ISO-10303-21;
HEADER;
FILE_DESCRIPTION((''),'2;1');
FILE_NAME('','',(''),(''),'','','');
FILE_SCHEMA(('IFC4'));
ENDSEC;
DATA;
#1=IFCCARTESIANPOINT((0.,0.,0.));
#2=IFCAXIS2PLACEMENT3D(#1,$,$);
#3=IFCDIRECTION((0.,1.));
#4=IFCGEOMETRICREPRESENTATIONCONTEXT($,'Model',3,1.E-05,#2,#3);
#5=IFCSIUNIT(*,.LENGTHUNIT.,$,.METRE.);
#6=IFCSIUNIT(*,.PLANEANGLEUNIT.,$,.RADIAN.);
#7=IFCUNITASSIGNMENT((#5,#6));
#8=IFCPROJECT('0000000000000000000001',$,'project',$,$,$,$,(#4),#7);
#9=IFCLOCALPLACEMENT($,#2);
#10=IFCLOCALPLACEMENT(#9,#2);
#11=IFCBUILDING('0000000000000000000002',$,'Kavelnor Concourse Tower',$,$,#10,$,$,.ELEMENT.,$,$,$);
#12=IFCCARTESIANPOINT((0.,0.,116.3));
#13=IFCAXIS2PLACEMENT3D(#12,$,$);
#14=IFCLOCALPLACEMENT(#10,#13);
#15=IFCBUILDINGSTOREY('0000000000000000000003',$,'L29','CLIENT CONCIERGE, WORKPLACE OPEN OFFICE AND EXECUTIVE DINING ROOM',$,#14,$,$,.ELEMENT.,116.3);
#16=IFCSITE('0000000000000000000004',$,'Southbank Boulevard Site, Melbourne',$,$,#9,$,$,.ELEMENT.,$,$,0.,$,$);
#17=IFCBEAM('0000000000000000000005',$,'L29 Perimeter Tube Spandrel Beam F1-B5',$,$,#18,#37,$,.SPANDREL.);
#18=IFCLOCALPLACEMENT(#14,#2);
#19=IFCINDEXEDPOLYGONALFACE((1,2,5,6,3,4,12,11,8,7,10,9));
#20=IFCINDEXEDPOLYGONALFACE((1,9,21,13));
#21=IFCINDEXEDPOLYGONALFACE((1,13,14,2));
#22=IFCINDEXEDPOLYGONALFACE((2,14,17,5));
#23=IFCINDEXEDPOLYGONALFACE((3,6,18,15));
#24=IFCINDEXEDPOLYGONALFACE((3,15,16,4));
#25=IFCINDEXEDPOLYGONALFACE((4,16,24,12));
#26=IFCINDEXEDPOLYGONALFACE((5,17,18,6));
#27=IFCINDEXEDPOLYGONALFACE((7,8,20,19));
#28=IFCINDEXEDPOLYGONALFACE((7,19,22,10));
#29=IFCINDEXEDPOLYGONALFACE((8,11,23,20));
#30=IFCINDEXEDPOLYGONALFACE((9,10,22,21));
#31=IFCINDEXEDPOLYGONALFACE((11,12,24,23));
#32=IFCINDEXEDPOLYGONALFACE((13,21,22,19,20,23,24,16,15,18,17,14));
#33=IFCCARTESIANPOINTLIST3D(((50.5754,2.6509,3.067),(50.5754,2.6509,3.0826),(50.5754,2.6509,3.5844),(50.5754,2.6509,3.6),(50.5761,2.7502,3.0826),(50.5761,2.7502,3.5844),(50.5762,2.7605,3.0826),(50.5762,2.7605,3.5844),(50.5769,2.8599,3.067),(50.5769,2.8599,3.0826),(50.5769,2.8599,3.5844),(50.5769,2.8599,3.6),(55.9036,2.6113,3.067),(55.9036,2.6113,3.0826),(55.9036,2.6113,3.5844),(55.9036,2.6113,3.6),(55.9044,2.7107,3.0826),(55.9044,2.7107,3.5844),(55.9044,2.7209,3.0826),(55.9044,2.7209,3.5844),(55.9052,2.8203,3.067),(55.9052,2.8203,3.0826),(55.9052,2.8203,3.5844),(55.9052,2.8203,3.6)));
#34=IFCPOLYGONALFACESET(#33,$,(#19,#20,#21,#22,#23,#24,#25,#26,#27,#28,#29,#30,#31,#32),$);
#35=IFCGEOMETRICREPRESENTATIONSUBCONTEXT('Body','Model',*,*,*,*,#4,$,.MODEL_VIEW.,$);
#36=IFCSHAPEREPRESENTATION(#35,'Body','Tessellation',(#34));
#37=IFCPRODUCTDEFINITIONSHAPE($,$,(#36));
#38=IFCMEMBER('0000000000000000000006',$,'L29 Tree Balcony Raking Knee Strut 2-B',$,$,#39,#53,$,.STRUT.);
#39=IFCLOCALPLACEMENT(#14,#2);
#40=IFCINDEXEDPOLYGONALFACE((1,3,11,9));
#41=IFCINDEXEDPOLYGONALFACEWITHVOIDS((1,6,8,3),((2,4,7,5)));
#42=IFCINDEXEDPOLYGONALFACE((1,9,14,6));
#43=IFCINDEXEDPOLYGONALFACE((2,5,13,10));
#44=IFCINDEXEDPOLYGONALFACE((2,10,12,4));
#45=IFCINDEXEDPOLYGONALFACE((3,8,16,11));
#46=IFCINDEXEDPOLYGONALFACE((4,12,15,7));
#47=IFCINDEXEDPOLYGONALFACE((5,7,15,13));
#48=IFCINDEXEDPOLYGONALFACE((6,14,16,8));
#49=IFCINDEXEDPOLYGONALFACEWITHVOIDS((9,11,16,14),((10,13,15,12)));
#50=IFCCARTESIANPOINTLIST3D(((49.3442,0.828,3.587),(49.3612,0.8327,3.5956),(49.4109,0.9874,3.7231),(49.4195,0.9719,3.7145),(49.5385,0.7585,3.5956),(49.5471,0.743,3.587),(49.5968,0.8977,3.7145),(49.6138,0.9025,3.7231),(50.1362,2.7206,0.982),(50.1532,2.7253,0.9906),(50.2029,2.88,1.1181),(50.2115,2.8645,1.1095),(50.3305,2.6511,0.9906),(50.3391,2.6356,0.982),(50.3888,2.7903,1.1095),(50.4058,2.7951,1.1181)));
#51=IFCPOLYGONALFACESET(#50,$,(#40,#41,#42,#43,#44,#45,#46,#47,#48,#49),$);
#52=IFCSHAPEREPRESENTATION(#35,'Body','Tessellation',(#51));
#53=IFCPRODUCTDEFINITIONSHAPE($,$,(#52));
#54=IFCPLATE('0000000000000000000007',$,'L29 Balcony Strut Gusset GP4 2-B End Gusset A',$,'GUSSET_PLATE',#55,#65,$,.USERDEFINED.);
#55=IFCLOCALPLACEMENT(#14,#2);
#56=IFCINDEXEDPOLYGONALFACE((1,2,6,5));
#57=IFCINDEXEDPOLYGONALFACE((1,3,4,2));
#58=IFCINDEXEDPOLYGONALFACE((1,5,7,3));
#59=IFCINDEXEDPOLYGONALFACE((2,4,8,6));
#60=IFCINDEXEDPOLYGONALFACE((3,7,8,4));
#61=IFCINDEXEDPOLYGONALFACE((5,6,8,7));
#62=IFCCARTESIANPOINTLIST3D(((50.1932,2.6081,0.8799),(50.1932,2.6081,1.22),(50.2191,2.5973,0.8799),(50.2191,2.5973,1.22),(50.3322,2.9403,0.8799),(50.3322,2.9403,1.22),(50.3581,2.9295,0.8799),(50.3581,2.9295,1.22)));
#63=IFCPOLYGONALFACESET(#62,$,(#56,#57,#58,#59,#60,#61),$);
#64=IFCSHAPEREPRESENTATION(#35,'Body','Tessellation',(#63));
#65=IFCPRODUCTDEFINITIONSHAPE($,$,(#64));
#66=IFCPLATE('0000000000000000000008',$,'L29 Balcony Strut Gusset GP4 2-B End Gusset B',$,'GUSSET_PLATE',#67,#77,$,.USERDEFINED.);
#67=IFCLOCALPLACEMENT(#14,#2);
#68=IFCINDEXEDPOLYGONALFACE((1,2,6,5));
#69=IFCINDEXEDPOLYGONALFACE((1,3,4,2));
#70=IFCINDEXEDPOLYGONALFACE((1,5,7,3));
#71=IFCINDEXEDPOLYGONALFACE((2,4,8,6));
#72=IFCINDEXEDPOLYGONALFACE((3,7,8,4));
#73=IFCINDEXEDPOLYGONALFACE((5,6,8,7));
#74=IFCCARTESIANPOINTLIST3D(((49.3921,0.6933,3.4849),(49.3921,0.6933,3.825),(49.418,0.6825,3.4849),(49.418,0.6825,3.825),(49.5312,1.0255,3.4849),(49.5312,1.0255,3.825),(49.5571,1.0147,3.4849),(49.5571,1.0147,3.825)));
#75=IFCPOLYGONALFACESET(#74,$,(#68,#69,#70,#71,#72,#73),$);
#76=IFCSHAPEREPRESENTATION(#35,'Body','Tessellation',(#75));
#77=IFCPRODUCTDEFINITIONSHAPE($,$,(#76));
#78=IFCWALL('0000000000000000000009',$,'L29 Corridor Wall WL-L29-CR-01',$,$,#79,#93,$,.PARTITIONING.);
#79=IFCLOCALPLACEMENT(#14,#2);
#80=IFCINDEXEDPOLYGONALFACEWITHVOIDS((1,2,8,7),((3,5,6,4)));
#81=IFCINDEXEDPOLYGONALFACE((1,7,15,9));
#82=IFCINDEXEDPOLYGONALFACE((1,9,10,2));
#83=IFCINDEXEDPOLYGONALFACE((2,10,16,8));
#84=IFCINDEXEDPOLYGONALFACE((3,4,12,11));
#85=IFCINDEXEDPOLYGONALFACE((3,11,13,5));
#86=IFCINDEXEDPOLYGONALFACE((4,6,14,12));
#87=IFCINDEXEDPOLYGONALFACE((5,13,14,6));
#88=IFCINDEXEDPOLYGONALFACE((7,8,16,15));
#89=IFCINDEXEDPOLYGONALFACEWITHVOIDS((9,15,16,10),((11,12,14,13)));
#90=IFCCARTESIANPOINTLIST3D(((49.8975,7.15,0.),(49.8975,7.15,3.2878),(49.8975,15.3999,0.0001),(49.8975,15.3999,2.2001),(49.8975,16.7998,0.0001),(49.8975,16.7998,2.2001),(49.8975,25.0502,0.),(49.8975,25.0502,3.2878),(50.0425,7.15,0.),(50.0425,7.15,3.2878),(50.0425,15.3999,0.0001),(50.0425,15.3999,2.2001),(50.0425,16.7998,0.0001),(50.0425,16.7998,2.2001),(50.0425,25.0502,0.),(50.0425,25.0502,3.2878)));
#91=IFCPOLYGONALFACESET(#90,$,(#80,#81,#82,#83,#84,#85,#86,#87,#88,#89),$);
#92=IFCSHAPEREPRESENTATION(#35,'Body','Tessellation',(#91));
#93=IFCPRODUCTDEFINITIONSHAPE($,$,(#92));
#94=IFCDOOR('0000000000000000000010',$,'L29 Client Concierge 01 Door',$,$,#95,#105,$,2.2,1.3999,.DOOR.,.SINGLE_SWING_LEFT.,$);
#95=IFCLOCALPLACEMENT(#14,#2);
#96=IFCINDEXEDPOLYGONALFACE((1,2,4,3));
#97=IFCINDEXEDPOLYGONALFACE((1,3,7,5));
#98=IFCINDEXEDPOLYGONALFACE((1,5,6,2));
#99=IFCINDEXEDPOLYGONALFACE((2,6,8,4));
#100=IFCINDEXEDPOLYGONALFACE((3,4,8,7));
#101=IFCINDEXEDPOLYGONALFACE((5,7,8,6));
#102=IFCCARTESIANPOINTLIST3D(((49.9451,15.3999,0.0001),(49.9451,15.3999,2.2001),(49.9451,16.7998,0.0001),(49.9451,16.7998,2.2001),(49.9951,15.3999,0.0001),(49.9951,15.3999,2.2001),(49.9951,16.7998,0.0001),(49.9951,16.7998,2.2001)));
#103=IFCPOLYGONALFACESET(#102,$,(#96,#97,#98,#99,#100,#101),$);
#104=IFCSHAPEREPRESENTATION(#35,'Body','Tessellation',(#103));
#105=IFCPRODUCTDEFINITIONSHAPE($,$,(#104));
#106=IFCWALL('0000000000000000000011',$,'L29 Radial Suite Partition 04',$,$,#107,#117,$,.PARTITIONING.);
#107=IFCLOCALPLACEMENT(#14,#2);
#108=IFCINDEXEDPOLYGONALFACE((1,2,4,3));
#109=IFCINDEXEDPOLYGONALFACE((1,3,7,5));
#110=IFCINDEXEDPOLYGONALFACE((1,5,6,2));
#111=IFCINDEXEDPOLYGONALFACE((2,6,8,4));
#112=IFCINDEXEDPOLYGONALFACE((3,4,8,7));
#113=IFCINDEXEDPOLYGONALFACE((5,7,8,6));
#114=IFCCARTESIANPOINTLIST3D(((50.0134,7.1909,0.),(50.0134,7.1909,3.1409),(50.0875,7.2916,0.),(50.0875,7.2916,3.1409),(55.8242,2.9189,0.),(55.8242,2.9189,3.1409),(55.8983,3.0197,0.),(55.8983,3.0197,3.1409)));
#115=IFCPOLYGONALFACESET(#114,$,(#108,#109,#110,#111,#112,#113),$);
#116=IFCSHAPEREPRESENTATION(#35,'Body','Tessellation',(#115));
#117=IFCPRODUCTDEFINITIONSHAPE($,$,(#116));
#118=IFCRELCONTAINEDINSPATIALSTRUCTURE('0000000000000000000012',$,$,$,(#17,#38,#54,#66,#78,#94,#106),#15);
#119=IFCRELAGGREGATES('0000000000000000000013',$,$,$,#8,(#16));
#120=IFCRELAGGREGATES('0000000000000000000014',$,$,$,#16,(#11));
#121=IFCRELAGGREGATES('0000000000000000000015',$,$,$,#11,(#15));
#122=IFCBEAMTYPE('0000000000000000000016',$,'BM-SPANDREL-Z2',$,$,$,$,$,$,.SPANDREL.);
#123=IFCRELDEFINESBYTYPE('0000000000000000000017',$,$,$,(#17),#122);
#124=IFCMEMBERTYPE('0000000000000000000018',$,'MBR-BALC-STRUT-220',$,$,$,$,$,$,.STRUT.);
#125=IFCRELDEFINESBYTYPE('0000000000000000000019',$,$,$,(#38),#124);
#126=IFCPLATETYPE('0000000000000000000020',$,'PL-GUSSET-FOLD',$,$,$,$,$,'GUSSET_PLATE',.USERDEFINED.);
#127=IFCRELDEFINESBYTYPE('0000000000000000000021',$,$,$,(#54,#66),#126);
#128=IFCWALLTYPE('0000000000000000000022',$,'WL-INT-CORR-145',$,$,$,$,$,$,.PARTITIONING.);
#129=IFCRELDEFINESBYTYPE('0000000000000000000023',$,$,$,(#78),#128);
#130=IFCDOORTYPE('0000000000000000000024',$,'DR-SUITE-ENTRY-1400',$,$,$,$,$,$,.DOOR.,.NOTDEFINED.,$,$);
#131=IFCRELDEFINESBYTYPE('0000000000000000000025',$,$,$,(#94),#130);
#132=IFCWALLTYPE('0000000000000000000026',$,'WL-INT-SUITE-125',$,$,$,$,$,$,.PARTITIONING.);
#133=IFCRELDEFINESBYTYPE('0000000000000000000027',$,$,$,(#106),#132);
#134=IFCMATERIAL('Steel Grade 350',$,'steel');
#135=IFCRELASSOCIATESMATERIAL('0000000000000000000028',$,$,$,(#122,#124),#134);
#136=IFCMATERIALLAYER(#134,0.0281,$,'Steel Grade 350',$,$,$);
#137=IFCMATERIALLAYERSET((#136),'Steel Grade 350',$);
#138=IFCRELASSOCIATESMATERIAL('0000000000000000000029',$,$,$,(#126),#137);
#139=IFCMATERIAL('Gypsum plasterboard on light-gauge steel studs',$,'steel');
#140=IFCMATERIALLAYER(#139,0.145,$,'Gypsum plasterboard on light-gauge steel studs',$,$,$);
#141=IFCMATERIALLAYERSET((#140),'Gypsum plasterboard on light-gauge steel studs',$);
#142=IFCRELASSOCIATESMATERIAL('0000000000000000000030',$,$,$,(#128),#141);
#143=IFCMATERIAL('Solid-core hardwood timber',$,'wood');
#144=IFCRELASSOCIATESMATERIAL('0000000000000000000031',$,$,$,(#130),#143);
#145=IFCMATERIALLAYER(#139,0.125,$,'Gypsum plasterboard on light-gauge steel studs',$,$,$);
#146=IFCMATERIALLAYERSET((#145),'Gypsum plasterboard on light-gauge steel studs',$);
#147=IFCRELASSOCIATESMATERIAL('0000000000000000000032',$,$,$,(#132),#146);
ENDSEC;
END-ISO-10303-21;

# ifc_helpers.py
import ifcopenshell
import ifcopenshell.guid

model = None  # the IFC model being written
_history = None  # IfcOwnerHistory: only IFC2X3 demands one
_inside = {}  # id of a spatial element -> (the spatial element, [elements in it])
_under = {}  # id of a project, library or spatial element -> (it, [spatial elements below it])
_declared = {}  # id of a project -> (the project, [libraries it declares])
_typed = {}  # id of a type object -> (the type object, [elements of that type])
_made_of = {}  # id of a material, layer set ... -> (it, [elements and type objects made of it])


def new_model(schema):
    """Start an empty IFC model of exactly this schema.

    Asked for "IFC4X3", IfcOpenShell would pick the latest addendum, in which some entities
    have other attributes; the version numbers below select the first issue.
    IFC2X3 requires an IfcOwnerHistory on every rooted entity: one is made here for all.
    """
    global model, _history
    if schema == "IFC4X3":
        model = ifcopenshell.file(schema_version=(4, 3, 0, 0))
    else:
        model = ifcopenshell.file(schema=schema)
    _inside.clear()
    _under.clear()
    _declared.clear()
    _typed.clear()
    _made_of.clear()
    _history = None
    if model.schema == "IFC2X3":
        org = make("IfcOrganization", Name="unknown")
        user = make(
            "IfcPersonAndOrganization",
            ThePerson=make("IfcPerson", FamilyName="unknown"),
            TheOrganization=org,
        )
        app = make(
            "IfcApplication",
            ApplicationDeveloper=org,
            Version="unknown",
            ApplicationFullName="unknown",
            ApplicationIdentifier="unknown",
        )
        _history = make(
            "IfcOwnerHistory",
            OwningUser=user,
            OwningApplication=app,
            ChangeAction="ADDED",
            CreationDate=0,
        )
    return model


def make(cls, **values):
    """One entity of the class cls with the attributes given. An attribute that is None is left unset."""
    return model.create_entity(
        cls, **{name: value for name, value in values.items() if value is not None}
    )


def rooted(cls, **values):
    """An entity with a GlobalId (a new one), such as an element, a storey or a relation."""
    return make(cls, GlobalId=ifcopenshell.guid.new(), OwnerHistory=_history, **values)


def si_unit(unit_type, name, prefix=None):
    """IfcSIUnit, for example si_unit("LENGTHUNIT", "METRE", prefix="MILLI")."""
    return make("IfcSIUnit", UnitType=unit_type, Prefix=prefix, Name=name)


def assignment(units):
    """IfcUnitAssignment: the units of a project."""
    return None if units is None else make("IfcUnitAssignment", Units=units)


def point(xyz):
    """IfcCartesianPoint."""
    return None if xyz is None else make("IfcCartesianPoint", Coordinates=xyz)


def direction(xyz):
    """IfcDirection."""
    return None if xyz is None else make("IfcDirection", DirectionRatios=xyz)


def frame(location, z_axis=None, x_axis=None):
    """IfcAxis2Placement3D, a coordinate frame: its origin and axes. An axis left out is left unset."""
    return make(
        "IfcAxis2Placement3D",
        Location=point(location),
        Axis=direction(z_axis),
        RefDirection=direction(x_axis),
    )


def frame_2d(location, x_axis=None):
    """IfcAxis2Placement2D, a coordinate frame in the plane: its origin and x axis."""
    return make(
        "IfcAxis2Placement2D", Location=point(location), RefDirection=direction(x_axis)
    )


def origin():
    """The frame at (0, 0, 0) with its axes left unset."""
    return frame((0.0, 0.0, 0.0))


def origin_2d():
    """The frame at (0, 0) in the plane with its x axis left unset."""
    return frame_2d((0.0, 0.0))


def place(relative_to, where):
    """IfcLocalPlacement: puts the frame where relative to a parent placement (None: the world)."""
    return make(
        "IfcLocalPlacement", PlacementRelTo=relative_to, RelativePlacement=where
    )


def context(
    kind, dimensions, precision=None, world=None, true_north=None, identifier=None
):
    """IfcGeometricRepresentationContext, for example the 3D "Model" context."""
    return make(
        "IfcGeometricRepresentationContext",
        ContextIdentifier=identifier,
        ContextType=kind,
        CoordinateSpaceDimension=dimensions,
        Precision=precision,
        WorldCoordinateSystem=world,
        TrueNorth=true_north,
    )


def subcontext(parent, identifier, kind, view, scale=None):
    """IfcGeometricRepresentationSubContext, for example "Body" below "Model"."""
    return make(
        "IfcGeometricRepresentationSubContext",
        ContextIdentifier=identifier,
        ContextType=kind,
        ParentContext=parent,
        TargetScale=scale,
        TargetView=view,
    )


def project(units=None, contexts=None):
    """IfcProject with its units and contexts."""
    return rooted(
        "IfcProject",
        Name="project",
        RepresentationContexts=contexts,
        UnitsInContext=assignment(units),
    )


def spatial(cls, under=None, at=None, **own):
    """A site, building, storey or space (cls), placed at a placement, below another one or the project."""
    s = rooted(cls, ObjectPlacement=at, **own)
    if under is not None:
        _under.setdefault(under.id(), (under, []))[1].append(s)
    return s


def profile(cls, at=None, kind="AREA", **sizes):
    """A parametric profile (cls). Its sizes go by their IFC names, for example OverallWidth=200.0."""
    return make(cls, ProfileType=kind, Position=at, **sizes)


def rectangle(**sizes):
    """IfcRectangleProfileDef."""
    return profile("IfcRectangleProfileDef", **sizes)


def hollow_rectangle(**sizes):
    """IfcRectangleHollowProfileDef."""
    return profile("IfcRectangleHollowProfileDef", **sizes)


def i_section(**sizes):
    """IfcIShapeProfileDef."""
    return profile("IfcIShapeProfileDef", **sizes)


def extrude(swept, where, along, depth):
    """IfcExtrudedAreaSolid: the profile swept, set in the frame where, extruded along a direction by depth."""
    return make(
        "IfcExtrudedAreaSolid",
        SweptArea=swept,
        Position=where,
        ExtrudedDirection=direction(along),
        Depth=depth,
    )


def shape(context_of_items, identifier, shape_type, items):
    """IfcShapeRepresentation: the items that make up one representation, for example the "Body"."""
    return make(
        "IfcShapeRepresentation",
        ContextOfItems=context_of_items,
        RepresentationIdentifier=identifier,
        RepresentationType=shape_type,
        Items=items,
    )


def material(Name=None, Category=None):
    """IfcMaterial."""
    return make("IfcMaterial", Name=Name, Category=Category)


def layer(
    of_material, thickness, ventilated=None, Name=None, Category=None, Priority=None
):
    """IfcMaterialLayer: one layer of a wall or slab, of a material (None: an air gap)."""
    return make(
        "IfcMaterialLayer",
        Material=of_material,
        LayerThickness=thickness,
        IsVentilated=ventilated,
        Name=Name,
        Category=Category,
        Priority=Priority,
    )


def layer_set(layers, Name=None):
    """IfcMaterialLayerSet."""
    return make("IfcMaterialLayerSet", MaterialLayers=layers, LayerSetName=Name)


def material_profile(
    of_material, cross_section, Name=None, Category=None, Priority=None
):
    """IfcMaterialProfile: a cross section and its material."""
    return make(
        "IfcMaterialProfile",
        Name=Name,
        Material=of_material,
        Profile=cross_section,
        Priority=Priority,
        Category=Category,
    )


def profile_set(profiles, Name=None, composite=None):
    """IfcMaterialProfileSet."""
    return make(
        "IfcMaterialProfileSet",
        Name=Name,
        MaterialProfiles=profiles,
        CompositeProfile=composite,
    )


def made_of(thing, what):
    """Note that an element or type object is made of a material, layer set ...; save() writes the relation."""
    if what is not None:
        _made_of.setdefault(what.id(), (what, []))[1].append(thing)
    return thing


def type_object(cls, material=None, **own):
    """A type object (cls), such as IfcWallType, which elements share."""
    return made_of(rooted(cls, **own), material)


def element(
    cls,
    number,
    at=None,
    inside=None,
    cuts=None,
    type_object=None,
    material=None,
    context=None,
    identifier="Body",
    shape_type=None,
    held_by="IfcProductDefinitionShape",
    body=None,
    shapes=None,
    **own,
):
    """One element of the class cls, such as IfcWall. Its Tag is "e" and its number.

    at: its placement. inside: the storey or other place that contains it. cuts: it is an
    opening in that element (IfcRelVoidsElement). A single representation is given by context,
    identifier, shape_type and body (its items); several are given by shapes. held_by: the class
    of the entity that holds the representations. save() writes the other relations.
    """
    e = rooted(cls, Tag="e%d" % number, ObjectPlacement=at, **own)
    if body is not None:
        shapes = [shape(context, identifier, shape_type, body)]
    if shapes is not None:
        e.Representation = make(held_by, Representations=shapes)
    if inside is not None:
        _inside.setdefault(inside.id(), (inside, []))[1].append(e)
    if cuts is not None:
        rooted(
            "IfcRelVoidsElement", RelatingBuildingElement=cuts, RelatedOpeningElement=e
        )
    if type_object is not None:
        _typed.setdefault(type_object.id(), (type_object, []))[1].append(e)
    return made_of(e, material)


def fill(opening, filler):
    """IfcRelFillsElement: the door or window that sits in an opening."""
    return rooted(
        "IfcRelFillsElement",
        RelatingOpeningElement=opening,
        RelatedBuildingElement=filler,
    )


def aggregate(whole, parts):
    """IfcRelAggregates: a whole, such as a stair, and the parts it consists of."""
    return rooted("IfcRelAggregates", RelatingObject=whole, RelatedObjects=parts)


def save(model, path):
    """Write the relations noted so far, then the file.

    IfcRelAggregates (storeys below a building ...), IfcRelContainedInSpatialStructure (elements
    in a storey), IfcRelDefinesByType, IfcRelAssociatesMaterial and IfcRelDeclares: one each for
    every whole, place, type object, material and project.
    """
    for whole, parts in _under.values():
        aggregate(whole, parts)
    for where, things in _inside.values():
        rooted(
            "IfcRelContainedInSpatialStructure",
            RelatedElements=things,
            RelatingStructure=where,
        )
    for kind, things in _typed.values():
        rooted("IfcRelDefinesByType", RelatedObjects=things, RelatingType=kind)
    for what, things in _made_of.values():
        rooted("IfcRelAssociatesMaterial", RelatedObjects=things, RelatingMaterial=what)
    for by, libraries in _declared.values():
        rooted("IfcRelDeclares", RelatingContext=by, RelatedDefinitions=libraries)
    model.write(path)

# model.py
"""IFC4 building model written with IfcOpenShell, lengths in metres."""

from ifc_helpers import new_model, si_unit, direction, frame, frame_2d, origin, origin_2d, place, context, subcontext, project, spatial, rectangle, hollow_rectangle, i_section, extrude, material, layer, layer_set, material_profile, profile_set, type_object, element, fill, save


model = new_model("IFC4")

# Units and contexts
model_context = context("Model", 3, precision=1e-05, world=origin(), true_north=direction((0.0, 1.0)))
body_context = subcontext(model_context, "Body", "Model", "MODEL_VIEW")
ifc_project = project(units=[si_unit("LENGTHUNIT", "METRE"), si_unit("PLANEANGLEUNIT", "RADIAN")], contexts=[model_context])

# Site, building, storey
site_placement = place(None, origin())
site = spatial("IfcSite", under=ifc_project, at=site_placement, Name="Southbank Boulevard Site, Melbourne", CompositionType="ELEMENT", RefElevation=0.0)
building_placement = place(site_placement, origin())
building = spatial("IfcBuilding", under=site, at=building_placement, Name="Kavelnor Concourse Tower", CompositionType="ELEMENT")
storey_placement = place(building_placement, frame((0.0, 0.0, 116.3)))
storey = spatial("IfcBuildingStorey", under=building, at=storey_placement, Name="L29", Description="CLIENT CONCIERGE, WORKPLACE OPEN OFFICE AND EXECUTIVE DINING ROOM", CompositionType="ELEMENT", Elevation=116.3)

# Shared definitions
ifc_material_1 = material(Name="Steel Grade 350", Category="steel")

# Beam
ifc_material_profile_1 = material_profile(ifc_material_1, i_section(OverallWidth=0.209, OverallDepth=0.533, WebThickness=0.0103, FlangeThickness=0.0156, at=origin_2d()), Name="530UB92")
ifc_profile_set_1 = profile_set([ifc_material_profile_1], Name="Steel Grade 350")
beam_type_1 = type_object("IfcBeamType", Name="BM-SPANDREL-Z2", PredefinedType="SPANDREL", material=ifc_profile_set_1)
beam_1_placement = place(storey_placement, frame((50.5762, 2.7554, 3.3335), z_axis=(0.999972, -0.007423, 0.0), x_axis=(0.007423, 0.999972, 0.0)))
element("IfcBeam", 1, at=beam_1_placement, inside=storey, type_object=beam_type_1, Name="L29 Perimeter Tube Spandrel Beam F1-B5", PredefinedType="SPANDREL", context=body_context, shape_type="SweptSolid", body=[
    extrude(i_section(OverallWidth=0.209, OverallDepth=0.533, WebThickness=0.0103, FlangeThickness=0.0156, at=origin_2d()), origin(), (0.0, 0.0, 1.0), 5.3284),
])

# Member
ifc_material_profile_2 = material_profile(ifc_material_1, hollow_rectangle(XDim=0.22, YDim=0.22, WallThickness=0.0139, at=origin_2d()), Name="SHS 220x220x14")
ifc_profile_set_2 = profile_set([ifc_material_profile_2], Name="Steel Grade 350")
member_type = type_object("IfcMemberType", Name="MBR-BALC-STRUT-220", PredefinedType="STRUT", material=ifc_profile_set_2)
member_placement = place(storey_placement, frame((50.271, 2.7578, 1.05), z_axis=(-0.238849, -0.570763, 0.785609), x_axis=(0.922484, -0.386034, 0.0)))
element("IfcMember", 2, at=member_placement, inside=storey, type_object=member_type, Name="L29 Tree Balcony Raking Knee Strut 2-B", PredefinedType="STRUT", context=body_context, shape_type="SweptSolid", body=[
    extrude(hollow_rectangle(XDim=0.22, YDim=0.22, WallThickness=0.0139, at=origin_2d()), origin(), (0.0, 0.0, 1.0), 3.3159),
])

# Plates
ifc_layer_1 = layer(ifc_material_1, 0.0281, Name="Steel Grade 350")
ifc_layer_set_1 = layer_set([ifc_layer_1], Name="Steel Grade 350")
plate_type = type_object("IfcPlateType", Name="PL-GUSSET-FOLD", ElementType="GUSSET_PLATE", PredefinedType="USERDEFINED", material=ifc_layer_set_1)
for number, where, z_axis, x_axis, name in (
    (3, (50.2756, 2.7688, 0.8799), (0.0, 0.0, 1.0), (-0.386067, -0.922471, 0.0), "L29 Balcony Strut Gusset GP4 2-B End Gusset A"),
    (4, (49.4746, 0.854, 3.4849), (0.0, 0.0, 1.0), (-0.386067, -0.922471, 0.0), "L29 Balcony Strut Gusset GP4 2-B End Gusset B"),
):
    element("IfcPlate", number, at=place(storey_placement, frame(where, z_axis=z_axis, x_axis=x_axis)), inside=storey, type_object=plate_type, Name=name, ObjectType="GUSSET_PLATE", PredefinedType="USERDEFINED", context=body_context, shape_type="SweptSolid", body=[
        extrude(rectangle(XDim=0.3601, YDim=0.0281, at=origin_2d()), origin(), (0.0, 0.0, 1.0), 0.3401),
    ])

# Wall, opening, door
ifc_material_2 = material(Name="Gypsum plasterboard on light-gauge steel studs", Category="steel")
ifc_layer_2 = layer(ifc_material_2, 0.145, Name="Gypsum plasterboard on light-gauge steel studs")
ifc_layer_set_2 = layer_set([ifc_layer_2], Name="Gypsum plasterboard on light-gauge steel studs")
wall_type_1 = type_object("IfcWallType", Name="WL-INT-CORR-145", PredefinedType="PARTITIONING", material=ifc_layer_set_2)
wall_1_placement = place(storey_placement, frame((49.97, 7.1499, 0.0), z_axis=(0.0, 0.0, 1.0), x_axis=(0.0, 1.0, 0.0)))
wall_1 = element("IfcWall", 5, at=wall_1_placement, inside=storey, type_object=wall_type_1, Name="L29 Corridor Wall WL-L29-CR-01", PredefinedType="PARTITIONING", context=body_context, shape_type="SweptSolid", body=[
    extrude(rectangle(XDim=17.9001, YDim=0.145, at=frame_2d((8.9502, 0.0))), origin(), (0.0, 0.0, 1.0), 3.2878),
])
opening_placement = place(wall_1_placement, frame((8.25, 0.0, 0.0)))
opening = element("IfcOpeningElement", 6, at=opening_placement, cuts=wall_1, PredefinedType="OPENING", context=body_context, shape_type="SweptSolid", body=[
    extrude(rectangle(XDim=1.3999, YDim=2.2, at=frame_2d((0.7, 1.1001))), frame((0.0, 0.0825, 0.0), z_axis=(0.0, -1.0, 0.0), x_axis=(1.0, 0.0, 0.0)), (0.0, 0.0, 1.0), 0.165),
])
ifc_material_3 = material(Name="Solid-core hardwood timber", Category="wood")
door_type = type_object("IfcDoorType", Name="DR-SUITE-ENTRY-1400", OperationType="NOTDEFINED", PredefinedType="DOOR", material=ifc_material_3)
door_placement = place(opening_placement, origin())
door = element("IfcDoor", 7, at=door_placement, inside=storey, type_object=door_type, Name="L29 Client Concierge 01 Door", OperationType="SINGLE_SWING_LEFT", OverallHeight=2.2, OverallWidth=1.3999, PredefinedType="DOOR", context=body_context, shape_type="SweptSolid", body=[
    extrude(rectangle(XDim=1.3999, YDim=2.2, at=frame_2d((0.7, 1.1001))), frame((0.0, 0.0249, 0.0), z_axis=(0.0, -1.0, 0.0), x_axis=(1.0, 0.0, 0.0)), (0.0, 0.0, 1.0), 0.05),
])
fill(opening, door)

# Wall
ifc_layer_3 = layer(ifc_material_2, 0.125, Name="Gypsum plasterboard on light-gauge steel studs")
ifc_layer_set_3 = layer_set([ifc_layer_3], Name="Gypsum plasterboard on light-gauge steel studs")
wall_type_2 = type_object("IfcWallType", Name="WL-INT-SUITE-125", PredefinedType="PARTITIONING", material=ifc_layer_set_3)
wall_2_placement = place(storey_placement, frame((50.0505, 7.2412, 0.0), z_axis=(0.0, 0.0, 1.0), x_axis=(0.805695, -0.59233, 0.0)))
element("IfcWall", 8, at=wall_2_placement, inside=storey, type_object=wall_type_2, Name="L29 Radial Suite Partition 04", PredefinedType="PARTITIONING", context=body_context, shape_type="SweptSolid", body=[
    extrude(rectangle(XDim=7.2122, YDim=0.125, at=frame_2d((3.606, 0.0))), origin(), (0.0, 0.0, 1.0), 3.1409),
])

save(model, "model.ifc")
